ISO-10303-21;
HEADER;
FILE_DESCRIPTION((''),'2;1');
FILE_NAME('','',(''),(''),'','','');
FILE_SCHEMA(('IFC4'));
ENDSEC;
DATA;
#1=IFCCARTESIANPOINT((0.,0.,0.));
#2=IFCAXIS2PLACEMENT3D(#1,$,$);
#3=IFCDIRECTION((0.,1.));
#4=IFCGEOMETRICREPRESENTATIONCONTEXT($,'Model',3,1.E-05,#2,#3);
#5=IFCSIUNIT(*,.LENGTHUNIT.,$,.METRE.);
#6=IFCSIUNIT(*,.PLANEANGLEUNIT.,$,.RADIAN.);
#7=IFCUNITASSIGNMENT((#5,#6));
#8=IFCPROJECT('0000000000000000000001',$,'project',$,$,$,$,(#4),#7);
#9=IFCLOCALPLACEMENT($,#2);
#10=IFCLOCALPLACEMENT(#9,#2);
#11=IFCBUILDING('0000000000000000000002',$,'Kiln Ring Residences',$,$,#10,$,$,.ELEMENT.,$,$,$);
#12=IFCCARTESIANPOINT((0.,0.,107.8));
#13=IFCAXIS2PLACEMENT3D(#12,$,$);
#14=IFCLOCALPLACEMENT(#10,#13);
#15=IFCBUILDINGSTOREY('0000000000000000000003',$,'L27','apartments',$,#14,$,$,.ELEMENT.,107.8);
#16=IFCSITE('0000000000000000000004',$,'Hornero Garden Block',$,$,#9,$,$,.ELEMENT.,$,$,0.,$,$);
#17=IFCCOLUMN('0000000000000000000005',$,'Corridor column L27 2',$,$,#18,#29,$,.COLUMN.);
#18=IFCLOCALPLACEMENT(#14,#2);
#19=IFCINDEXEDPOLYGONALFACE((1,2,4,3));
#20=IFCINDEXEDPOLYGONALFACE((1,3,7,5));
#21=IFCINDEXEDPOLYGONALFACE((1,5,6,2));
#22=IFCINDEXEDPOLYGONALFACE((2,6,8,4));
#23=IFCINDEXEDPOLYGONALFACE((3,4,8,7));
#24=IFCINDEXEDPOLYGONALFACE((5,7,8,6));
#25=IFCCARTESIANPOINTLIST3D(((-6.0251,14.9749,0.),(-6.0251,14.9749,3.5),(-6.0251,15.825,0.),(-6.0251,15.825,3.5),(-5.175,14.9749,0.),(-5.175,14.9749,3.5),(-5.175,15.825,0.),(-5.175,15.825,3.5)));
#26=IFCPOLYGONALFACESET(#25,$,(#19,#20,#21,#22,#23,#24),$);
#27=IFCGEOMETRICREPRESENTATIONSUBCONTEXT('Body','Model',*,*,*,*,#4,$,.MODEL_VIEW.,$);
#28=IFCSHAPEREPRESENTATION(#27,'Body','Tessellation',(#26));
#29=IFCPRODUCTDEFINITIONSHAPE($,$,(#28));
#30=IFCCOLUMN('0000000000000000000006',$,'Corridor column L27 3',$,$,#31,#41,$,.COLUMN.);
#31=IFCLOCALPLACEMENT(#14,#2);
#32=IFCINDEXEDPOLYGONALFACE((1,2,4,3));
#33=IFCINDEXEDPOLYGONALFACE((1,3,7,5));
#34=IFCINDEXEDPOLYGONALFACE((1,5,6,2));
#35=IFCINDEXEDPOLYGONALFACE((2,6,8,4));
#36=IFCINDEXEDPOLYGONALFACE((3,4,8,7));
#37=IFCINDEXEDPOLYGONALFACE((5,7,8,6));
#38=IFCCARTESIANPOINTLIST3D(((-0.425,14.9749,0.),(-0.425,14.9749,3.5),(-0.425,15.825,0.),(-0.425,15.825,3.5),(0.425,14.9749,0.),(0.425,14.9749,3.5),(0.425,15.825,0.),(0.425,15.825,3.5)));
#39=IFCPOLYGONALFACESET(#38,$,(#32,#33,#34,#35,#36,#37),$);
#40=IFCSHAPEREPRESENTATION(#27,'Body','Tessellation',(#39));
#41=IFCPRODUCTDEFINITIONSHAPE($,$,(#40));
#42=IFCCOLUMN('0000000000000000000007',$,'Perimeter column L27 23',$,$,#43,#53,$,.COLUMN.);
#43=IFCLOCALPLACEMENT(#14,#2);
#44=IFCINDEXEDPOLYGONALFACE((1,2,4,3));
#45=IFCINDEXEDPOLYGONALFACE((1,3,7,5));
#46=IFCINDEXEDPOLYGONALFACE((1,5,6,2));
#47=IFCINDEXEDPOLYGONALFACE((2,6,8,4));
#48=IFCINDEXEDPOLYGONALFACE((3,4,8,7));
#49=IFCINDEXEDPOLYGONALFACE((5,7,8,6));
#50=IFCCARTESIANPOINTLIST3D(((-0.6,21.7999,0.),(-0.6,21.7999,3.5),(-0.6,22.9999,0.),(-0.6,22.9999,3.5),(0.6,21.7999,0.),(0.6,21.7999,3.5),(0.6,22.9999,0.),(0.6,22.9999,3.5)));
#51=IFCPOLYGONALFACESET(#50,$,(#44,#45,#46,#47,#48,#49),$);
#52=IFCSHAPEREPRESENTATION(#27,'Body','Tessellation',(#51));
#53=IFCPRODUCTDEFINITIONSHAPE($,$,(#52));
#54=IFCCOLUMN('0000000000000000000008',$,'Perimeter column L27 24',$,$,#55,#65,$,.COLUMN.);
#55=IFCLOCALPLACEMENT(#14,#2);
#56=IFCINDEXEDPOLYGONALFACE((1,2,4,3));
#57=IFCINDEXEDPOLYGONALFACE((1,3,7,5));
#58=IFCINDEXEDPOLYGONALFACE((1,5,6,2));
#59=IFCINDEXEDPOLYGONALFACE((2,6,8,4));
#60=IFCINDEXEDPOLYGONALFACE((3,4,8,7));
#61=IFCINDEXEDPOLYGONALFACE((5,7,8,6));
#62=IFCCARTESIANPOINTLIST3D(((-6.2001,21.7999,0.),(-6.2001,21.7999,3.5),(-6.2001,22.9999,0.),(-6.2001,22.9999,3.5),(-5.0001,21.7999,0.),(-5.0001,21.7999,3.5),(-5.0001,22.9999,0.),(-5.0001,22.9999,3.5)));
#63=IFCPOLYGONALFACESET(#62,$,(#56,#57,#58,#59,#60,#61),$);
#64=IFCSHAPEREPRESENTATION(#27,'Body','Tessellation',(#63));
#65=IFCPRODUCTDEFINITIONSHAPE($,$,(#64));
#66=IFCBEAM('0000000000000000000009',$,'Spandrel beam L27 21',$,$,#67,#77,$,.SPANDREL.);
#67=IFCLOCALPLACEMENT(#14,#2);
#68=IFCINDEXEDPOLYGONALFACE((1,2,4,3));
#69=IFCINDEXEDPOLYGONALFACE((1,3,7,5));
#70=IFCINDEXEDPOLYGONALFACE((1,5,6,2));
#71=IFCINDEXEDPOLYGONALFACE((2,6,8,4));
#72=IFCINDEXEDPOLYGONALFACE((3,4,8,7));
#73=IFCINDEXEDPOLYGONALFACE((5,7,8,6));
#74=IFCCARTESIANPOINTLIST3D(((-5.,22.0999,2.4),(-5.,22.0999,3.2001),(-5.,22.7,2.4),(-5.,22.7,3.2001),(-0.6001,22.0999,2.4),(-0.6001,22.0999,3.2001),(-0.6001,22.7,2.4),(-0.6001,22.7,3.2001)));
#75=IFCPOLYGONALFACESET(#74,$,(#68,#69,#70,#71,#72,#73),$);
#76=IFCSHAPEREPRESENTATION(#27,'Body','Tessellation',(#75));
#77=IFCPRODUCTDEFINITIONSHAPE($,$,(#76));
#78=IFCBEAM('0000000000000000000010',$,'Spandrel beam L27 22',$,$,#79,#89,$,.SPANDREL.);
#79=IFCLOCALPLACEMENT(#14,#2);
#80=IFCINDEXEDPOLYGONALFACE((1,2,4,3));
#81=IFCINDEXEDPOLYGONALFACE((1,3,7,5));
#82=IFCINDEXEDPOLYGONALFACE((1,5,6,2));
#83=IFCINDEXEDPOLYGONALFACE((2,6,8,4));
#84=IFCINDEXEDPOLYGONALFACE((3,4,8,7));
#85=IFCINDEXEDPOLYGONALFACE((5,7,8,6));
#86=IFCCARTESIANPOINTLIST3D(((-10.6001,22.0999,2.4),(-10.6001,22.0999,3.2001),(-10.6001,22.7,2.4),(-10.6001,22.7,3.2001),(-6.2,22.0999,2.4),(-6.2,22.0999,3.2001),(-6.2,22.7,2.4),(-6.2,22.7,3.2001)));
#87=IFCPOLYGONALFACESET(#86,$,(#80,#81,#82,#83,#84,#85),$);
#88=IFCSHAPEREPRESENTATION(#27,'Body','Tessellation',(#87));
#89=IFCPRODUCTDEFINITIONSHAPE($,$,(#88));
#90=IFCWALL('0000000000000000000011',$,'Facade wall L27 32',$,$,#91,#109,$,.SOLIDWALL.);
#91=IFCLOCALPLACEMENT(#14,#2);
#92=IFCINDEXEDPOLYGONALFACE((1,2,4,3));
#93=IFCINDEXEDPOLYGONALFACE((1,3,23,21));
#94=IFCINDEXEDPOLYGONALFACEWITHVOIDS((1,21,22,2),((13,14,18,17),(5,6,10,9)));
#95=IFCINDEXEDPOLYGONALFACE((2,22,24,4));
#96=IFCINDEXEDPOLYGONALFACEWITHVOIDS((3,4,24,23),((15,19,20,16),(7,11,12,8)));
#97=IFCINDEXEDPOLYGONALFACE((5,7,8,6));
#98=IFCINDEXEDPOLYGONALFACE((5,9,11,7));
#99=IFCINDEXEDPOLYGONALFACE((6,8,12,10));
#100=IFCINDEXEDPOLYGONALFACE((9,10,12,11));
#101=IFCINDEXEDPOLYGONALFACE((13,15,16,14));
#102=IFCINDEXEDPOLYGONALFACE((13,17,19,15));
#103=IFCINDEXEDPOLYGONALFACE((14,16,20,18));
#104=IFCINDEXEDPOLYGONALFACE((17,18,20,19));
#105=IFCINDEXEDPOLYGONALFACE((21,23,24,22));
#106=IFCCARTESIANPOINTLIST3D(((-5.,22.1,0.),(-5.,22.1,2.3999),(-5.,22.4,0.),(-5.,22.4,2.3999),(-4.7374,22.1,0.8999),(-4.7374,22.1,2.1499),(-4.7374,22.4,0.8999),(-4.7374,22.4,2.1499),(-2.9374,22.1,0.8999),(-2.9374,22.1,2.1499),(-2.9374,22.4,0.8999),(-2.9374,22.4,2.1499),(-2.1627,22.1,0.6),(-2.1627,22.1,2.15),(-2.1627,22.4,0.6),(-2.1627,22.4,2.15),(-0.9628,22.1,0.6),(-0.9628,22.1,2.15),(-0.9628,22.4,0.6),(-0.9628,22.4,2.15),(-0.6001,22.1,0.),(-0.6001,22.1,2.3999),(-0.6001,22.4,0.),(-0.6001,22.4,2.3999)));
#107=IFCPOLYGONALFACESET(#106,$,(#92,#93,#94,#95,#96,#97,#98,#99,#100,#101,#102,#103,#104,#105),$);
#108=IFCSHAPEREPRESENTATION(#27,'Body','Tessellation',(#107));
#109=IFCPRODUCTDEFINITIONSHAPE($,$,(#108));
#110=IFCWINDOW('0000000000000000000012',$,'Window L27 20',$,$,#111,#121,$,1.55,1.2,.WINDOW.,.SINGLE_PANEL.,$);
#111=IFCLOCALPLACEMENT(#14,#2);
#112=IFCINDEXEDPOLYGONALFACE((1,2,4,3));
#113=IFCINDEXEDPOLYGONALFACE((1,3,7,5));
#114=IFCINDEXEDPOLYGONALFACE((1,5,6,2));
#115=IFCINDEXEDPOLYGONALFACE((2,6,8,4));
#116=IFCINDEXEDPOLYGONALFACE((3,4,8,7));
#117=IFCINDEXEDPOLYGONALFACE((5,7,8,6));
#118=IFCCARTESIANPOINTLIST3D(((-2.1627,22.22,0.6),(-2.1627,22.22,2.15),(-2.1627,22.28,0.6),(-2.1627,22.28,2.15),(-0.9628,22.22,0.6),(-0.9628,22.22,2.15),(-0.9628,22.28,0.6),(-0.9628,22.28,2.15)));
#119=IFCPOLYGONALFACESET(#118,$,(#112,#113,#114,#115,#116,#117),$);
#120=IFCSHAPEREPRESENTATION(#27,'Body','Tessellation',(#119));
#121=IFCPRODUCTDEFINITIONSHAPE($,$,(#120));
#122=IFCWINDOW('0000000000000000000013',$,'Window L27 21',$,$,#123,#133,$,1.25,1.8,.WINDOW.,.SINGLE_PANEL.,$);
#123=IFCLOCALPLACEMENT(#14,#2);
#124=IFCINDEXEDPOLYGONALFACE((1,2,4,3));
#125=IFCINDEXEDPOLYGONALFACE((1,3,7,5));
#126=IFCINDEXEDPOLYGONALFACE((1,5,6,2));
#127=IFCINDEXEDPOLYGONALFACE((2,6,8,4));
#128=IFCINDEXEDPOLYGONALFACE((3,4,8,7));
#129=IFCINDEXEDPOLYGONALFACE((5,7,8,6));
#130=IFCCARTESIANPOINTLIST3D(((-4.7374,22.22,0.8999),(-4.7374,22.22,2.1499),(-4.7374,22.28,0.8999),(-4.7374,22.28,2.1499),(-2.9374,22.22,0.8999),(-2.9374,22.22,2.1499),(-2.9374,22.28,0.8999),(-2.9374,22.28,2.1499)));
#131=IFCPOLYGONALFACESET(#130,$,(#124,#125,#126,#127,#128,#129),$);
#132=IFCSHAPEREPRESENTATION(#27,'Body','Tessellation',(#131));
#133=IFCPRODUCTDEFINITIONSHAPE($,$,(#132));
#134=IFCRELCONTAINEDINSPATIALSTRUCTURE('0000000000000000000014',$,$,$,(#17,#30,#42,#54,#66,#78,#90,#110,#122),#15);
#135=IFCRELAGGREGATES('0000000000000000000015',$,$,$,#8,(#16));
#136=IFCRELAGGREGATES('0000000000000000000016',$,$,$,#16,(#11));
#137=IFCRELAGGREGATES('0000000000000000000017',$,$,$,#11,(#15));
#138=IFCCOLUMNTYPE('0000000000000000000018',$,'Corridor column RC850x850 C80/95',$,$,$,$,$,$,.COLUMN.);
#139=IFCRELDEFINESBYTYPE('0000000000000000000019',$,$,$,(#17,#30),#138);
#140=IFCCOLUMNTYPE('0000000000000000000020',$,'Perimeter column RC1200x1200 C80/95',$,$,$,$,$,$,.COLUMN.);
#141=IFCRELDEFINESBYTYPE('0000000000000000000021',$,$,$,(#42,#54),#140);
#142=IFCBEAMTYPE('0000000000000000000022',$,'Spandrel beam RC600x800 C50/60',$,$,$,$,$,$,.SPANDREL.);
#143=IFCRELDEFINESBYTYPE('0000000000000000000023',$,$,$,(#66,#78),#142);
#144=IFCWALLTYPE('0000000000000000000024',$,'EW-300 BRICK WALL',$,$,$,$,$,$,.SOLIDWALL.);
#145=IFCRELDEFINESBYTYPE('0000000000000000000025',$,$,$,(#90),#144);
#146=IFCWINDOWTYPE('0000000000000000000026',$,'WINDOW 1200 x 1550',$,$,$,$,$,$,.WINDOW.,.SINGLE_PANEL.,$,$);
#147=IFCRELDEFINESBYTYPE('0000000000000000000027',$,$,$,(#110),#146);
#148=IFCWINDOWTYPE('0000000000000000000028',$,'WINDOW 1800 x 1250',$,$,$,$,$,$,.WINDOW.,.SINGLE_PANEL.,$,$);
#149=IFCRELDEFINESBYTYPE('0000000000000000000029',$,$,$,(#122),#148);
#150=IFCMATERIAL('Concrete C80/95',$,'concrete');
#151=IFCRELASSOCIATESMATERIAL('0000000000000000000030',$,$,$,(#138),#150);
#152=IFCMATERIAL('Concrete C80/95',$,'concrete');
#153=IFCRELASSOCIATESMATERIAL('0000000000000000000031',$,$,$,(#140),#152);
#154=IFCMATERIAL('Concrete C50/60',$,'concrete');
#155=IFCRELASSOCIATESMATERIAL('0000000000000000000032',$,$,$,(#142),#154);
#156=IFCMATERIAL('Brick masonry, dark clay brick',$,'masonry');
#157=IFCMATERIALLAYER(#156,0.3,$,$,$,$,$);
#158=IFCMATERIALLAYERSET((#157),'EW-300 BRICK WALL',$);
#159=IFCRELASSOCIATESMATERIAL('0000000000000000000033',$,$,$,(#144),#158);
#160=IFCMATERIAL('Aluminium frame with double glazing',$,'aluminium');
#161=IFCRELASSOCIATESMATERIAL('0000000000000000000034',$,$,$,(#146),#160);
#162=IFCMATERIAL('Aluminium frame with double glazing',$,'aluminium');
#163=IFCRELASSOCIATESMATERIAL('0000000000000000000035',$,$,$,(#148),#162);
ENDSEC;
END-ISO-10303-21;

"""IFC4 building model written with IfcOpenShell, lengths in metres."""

from ifc_helpers import new_model, si_unit, direction, frame, frame_2d, origin, origin_2d, place, context, subcontext, project, spatial, rectangle, extrude, material, layer, layer_set, material_profile, profile_set, type_object, element, fill, save


model = new_model("IFC4")

# Units and contexts
model_context = context("Model", 3, precision=1e-05, world=origin(), true_north=direction((0.0, 1.0)))
body_context = subcontext(model_context, "Body", "Model", "MODEL_VIEW")
ifc_project = project(units=[si_unit("LENGTHUNIT", "METRE"), si_unit("PLANEANGLEUNIT", "RADIAN")], contexts=[model_context])

# Site, building, storey
site_placement = place(None, origin())
site = spatial("IfcSite", under=ifc_project, at=site_placement, Name="Hornero Garden Block", CompositionType="ELEMENT", RefElevation=0.0)
building_placement = place(site_placement, origin())
building = spatial("IfcBuilding", under=site, at=building_placement, Name="Kiln Ring Residences", CompositionType="ELEMENT")
storey_placement = place(building_placement, frame((0.0, 0.0, 107.8)))
storey = spatial("IfcBuildingStorey", under=building, at=storey_placement, Name="L27", Description="apartments", CompositionType="ELEMENT", Elevation=107.8)

# Columns
ifc_material_1 = material(Name="Concrete C80/95", Category="concrete")
ifc_material_profile_1 = material_profile(ifc_material_1, rectangle(XDim=0.8501, YDim=0.8501, at=origin_2d()), Name="RC850x850")
ifc_profile_set_1 = profile_set([ifc_material_profile_1], Name="Concrete C80/95")
column_type_1 = type_object("IfcColumnType", Name="Corridor column RC850x850 C80/95", PredefinedType="COLUMN", material=ifc_profile_set_1)
for number, where, z_axis, x_axis, name in (
    (1, (-5.6001, 15.3999, 0.0), (0.0, 0.0, 1.0), (1.0, 0.0, 0.0), "Corridor column L27 2"),
    (2, (0.0, 15.3999, 0.0), (0.0, 0.0, 1.0), (1.0, 0.0, 0.0), "Corridor column L27 3"),
):
    element("IfcColumn", number, at=place(storey_placement, frame(where, z_axis=z_axis, x_axis=x_axis)), inside=storey, type_object=column_type_1, Name=name, PredefinedType="COLUMN", context=body_context, shape_type="SweptSolid", body=[
        extrude(rectangle(XDim=0.8501, YDim=0.8501, at=origin_2d()), origin(), (0.0, 0.0, 1.0), 3.5),
    ])
ifc_material_2 = material(Name="Concrete C80/95", Category="concrete")
ifc_material_profile_2 = material_profile(ifc_material_2, rectangle(XDim=1.2, YDim=1.2, at=origin_2d()), Name="RC1200x1200")
ifc_profile_set_2 = profile_set([ifc_material_profile_2], Name="Concrete C80/95")
column_type_2 = type_object("IfcColumnType", Name="Perimeter column RC1200x1200 C80/95", PredefinedType="COLUMN", material=ifc_profile_set_2)
for number, where, z_axis, x_axis, name in (
    (3, (0.0, 22.3999, 0.0), (0.0, 0.0, 1.0), (1.0, 0.0, 0.0), "Perimeter column L27 23"),
    (4, (-5.6001, 22.3999, 0.0), (0.0, 0.0, 1.0), (1.0, 0.0, 0.0), "Perimeter column L27 24"),
):
    element("IfcColumn", number, at=place(storey_placement, frame(where, z_axis=z_axis, x_axis=x_axis)), inside=storey, type_object=column_type_2, Name=name, PredefinedType="COLUMN", context=body_context, shape_type="SweptSolid", body=[
        extrude(rectangle(XDim=1.2, YDim=1.2, at=origin_2d()), origin(), (0.0, 0.0, 1.0), 3.5),
    ])

# Beams
ifc_material_3 = material(Name="Concrete C50/60", Category="concrete")
ifc_material_profile_3 = material_profile(ifc_material_3, rectangle(XDim=0.6001, YDim=0.8, at=origin_2d()), Name="RC600x800")
ifc_profile_set_3 = profile_set([ifc_material_profile_3], Name="Concrete C50/60")
beam_type = type_object("IfcBeamType", Name="Spandrel beam RC600x800 C50/60", PredefinedType="SPANDREL", material=ifc_profile_set_3)
beam_1_placement = place(storey_placement, frame((-0.6001, 22.3999, 2.8), z_axis=(-1.0, 0.0, 0.0), x_axis=(0.0, -1.0, 0.0)))
element("IfcBeam", 5, at=beam_1_placement, inside=storey, type_object=beam_type, Name="Spandrel beam L27 21", PredefinedType="SPANDREL", context=body_context, shape_type="SweptSolid", body=[
    extrude(rectangle(XDim=0.6001, YDim=0.8, at=origin_2d()), origin(), (0.0, 0.0, 1.0), 4.3999),
])
beam_2_placement = place(storey_placement, frame((-6.2, 22.3999, 2.8), z_axis=(-1.0, 0.0, 0.0), x_axis=(0.0, -1.0, 0.0)))
element("IfcBeam", 6, at=beam_2_placement, inside=storey, type_object=beam_type, Name="Spandrel beam L27 22", PredefinedType="SPANDREL", context=body_context, shape_type="SweptSolid", body=[
    extrude(rectangle(XDim=0.6001, YDim=0.8, at=origin_2d()), origin(), (0.0, 0.0, 1.0), 4.4001),
])

# Wall, openings, windows
ifc_material_4 = material(Name="Brick masonry, dark clay brick", Category="masonry")
ifc_layer_1 = layer(ifc_material_4, 0.3)
ifc_layer_set_1 = layer_set([ifc_layer_1], Name="EW-300 BRICK WALL")
wall_type_1 = type_object("IfcWallType", Name="EW-300 BRICK WALL", PredefinedType="SOLIDWALL", material=ifc_layer_set_1)
wall_1_placement = place(storey_placement, frame((-0.6001, 22.25, 0.0), z_axis=(0.0, 0.0, 1.0), x_axis=(-1.0, 0.0, 0.0)))
wall_1 = element("IfcWall", 7, at=wall_1_placement, inside=storey, type_object=wall_type_1, Name="Facade wall L27 32", PredefinedType="SOLIDWALL", context=body_context, shape_type="SweptSolid", body=[
    extrude(rectangle(XDim=4.3999, YDim=0.3, at=frame_2d((2.2, 0.0))), origin(), (0.0, 0.0, 1.0), 2.3999),
])
opening_1_placement = place(wall_1_placement, frame((0.3625, 0.0, 0.6001)))
opening_1 = element("IfcOpeningElement", 8, at=opening_1_placement, cuts=wall_1, PredefinedType="OPENING", context=body_context, shape_type="SweptSolid", body=[
    extrude(rectangle(XDim=1.2, YDim=1.55, at=frame_2d((0.6001, 0.7749))), frame((0.0, 0.1599, 0.0), z_axis=(0.0, -1.0, 0.0), x_axis=(1.0, 0.0, 0.0)), (0.0, 0.0, 1.0), 0.3201),
])
opening_2_placement = place(wall_1_placement, frame((2.3374, 0.0, 0.8999)))
opening_2 = element("IfcOpeningElement", 9, at=opening_2_placement, cuts=wall_1, PredefinedType="OPENING", context=body_context, shape_type="SweptSolid", body=[
    extrude(rectangle(XDim=1.8, YDim=1.25, at=frame_2d((0.8999, 0.625))), frame((0.0, 0.1599, 0.0), z_axis=(0.0, -1.0, 0.0), x_axis=(1.0, 0.0, 0.0)), (0.0, 0.0, 1.0), 0.3201),
])
ifc_material_5 = material(Name="Aluminium frame with double glazing", Category="aluminium")
window_type_1 = type_object("IfcWindowType", Name="WINDOW 1200 x 1550", PartitioningType="SINGLE_PANEL", PredefinedType="WINDOW", material=ifc_material_5)
window_1_placement = place(opening_1_placement, origin())
window_1 = element("IfcWindow", 10, at=window_1_placement, inside=storey, type_object=window_type_1, Name="Window L27 20", OverallHeight=1.55, OverallWidth=1.2, PartitioningType="SINGLE_PANEL", PredefinedType="WINDOW", context=body_context, shape_type="SweptSolid", body=[
    extrude(rectangle(XDim=1.2, YDim=1.55, at=frame_2d((0.6001, 0.7749))), frame((0.0, 0.03, 0.0), z_axis=(0.0, -1.0, 0.0), x_axis=(1.0, 0.0, 0.0)), (0.0, 0.0, 1.0), 0.0601),
])
fill(opening_1, window_1)
ifc_material_6 = material(Name="Aluminium frame with double glazing", Category="aluminium")
window_type_2 = type_object("IfcWindowType", Name="WINDOW 1800 x 1250", PartitioningType="SINGLE_PANEL", PredefinedType="WINDOW", material=ifc_material_6)
window_2_placement = place(opening_2_placement, origin())
window_2 = element("IfcWindow", 11, at=window_2_placement, inside=storey, type_object=window_type_2, Name="Window L27 21", OverallHeight=1.25, OverallWidth=1.8, PartitioningType="SINGLE_PANEL", PredefinedType="WINDOW", context=body_context, shape_type="SweptSolid", body=[
    extrude(rectangle(XDim=1.8, YDim=1.25, at=frame_2d((0.8999, 0.625))), frame((0.0, 0.03, 0.0), z_axis=(0.0, -1.0, 0.0), x_axis=(1.0, 0.0, 0.0)), (0.0, 0.0, 1.0), 0.0601),
])
fill(opening_2, window_2)

save(model, "model.ifc")
